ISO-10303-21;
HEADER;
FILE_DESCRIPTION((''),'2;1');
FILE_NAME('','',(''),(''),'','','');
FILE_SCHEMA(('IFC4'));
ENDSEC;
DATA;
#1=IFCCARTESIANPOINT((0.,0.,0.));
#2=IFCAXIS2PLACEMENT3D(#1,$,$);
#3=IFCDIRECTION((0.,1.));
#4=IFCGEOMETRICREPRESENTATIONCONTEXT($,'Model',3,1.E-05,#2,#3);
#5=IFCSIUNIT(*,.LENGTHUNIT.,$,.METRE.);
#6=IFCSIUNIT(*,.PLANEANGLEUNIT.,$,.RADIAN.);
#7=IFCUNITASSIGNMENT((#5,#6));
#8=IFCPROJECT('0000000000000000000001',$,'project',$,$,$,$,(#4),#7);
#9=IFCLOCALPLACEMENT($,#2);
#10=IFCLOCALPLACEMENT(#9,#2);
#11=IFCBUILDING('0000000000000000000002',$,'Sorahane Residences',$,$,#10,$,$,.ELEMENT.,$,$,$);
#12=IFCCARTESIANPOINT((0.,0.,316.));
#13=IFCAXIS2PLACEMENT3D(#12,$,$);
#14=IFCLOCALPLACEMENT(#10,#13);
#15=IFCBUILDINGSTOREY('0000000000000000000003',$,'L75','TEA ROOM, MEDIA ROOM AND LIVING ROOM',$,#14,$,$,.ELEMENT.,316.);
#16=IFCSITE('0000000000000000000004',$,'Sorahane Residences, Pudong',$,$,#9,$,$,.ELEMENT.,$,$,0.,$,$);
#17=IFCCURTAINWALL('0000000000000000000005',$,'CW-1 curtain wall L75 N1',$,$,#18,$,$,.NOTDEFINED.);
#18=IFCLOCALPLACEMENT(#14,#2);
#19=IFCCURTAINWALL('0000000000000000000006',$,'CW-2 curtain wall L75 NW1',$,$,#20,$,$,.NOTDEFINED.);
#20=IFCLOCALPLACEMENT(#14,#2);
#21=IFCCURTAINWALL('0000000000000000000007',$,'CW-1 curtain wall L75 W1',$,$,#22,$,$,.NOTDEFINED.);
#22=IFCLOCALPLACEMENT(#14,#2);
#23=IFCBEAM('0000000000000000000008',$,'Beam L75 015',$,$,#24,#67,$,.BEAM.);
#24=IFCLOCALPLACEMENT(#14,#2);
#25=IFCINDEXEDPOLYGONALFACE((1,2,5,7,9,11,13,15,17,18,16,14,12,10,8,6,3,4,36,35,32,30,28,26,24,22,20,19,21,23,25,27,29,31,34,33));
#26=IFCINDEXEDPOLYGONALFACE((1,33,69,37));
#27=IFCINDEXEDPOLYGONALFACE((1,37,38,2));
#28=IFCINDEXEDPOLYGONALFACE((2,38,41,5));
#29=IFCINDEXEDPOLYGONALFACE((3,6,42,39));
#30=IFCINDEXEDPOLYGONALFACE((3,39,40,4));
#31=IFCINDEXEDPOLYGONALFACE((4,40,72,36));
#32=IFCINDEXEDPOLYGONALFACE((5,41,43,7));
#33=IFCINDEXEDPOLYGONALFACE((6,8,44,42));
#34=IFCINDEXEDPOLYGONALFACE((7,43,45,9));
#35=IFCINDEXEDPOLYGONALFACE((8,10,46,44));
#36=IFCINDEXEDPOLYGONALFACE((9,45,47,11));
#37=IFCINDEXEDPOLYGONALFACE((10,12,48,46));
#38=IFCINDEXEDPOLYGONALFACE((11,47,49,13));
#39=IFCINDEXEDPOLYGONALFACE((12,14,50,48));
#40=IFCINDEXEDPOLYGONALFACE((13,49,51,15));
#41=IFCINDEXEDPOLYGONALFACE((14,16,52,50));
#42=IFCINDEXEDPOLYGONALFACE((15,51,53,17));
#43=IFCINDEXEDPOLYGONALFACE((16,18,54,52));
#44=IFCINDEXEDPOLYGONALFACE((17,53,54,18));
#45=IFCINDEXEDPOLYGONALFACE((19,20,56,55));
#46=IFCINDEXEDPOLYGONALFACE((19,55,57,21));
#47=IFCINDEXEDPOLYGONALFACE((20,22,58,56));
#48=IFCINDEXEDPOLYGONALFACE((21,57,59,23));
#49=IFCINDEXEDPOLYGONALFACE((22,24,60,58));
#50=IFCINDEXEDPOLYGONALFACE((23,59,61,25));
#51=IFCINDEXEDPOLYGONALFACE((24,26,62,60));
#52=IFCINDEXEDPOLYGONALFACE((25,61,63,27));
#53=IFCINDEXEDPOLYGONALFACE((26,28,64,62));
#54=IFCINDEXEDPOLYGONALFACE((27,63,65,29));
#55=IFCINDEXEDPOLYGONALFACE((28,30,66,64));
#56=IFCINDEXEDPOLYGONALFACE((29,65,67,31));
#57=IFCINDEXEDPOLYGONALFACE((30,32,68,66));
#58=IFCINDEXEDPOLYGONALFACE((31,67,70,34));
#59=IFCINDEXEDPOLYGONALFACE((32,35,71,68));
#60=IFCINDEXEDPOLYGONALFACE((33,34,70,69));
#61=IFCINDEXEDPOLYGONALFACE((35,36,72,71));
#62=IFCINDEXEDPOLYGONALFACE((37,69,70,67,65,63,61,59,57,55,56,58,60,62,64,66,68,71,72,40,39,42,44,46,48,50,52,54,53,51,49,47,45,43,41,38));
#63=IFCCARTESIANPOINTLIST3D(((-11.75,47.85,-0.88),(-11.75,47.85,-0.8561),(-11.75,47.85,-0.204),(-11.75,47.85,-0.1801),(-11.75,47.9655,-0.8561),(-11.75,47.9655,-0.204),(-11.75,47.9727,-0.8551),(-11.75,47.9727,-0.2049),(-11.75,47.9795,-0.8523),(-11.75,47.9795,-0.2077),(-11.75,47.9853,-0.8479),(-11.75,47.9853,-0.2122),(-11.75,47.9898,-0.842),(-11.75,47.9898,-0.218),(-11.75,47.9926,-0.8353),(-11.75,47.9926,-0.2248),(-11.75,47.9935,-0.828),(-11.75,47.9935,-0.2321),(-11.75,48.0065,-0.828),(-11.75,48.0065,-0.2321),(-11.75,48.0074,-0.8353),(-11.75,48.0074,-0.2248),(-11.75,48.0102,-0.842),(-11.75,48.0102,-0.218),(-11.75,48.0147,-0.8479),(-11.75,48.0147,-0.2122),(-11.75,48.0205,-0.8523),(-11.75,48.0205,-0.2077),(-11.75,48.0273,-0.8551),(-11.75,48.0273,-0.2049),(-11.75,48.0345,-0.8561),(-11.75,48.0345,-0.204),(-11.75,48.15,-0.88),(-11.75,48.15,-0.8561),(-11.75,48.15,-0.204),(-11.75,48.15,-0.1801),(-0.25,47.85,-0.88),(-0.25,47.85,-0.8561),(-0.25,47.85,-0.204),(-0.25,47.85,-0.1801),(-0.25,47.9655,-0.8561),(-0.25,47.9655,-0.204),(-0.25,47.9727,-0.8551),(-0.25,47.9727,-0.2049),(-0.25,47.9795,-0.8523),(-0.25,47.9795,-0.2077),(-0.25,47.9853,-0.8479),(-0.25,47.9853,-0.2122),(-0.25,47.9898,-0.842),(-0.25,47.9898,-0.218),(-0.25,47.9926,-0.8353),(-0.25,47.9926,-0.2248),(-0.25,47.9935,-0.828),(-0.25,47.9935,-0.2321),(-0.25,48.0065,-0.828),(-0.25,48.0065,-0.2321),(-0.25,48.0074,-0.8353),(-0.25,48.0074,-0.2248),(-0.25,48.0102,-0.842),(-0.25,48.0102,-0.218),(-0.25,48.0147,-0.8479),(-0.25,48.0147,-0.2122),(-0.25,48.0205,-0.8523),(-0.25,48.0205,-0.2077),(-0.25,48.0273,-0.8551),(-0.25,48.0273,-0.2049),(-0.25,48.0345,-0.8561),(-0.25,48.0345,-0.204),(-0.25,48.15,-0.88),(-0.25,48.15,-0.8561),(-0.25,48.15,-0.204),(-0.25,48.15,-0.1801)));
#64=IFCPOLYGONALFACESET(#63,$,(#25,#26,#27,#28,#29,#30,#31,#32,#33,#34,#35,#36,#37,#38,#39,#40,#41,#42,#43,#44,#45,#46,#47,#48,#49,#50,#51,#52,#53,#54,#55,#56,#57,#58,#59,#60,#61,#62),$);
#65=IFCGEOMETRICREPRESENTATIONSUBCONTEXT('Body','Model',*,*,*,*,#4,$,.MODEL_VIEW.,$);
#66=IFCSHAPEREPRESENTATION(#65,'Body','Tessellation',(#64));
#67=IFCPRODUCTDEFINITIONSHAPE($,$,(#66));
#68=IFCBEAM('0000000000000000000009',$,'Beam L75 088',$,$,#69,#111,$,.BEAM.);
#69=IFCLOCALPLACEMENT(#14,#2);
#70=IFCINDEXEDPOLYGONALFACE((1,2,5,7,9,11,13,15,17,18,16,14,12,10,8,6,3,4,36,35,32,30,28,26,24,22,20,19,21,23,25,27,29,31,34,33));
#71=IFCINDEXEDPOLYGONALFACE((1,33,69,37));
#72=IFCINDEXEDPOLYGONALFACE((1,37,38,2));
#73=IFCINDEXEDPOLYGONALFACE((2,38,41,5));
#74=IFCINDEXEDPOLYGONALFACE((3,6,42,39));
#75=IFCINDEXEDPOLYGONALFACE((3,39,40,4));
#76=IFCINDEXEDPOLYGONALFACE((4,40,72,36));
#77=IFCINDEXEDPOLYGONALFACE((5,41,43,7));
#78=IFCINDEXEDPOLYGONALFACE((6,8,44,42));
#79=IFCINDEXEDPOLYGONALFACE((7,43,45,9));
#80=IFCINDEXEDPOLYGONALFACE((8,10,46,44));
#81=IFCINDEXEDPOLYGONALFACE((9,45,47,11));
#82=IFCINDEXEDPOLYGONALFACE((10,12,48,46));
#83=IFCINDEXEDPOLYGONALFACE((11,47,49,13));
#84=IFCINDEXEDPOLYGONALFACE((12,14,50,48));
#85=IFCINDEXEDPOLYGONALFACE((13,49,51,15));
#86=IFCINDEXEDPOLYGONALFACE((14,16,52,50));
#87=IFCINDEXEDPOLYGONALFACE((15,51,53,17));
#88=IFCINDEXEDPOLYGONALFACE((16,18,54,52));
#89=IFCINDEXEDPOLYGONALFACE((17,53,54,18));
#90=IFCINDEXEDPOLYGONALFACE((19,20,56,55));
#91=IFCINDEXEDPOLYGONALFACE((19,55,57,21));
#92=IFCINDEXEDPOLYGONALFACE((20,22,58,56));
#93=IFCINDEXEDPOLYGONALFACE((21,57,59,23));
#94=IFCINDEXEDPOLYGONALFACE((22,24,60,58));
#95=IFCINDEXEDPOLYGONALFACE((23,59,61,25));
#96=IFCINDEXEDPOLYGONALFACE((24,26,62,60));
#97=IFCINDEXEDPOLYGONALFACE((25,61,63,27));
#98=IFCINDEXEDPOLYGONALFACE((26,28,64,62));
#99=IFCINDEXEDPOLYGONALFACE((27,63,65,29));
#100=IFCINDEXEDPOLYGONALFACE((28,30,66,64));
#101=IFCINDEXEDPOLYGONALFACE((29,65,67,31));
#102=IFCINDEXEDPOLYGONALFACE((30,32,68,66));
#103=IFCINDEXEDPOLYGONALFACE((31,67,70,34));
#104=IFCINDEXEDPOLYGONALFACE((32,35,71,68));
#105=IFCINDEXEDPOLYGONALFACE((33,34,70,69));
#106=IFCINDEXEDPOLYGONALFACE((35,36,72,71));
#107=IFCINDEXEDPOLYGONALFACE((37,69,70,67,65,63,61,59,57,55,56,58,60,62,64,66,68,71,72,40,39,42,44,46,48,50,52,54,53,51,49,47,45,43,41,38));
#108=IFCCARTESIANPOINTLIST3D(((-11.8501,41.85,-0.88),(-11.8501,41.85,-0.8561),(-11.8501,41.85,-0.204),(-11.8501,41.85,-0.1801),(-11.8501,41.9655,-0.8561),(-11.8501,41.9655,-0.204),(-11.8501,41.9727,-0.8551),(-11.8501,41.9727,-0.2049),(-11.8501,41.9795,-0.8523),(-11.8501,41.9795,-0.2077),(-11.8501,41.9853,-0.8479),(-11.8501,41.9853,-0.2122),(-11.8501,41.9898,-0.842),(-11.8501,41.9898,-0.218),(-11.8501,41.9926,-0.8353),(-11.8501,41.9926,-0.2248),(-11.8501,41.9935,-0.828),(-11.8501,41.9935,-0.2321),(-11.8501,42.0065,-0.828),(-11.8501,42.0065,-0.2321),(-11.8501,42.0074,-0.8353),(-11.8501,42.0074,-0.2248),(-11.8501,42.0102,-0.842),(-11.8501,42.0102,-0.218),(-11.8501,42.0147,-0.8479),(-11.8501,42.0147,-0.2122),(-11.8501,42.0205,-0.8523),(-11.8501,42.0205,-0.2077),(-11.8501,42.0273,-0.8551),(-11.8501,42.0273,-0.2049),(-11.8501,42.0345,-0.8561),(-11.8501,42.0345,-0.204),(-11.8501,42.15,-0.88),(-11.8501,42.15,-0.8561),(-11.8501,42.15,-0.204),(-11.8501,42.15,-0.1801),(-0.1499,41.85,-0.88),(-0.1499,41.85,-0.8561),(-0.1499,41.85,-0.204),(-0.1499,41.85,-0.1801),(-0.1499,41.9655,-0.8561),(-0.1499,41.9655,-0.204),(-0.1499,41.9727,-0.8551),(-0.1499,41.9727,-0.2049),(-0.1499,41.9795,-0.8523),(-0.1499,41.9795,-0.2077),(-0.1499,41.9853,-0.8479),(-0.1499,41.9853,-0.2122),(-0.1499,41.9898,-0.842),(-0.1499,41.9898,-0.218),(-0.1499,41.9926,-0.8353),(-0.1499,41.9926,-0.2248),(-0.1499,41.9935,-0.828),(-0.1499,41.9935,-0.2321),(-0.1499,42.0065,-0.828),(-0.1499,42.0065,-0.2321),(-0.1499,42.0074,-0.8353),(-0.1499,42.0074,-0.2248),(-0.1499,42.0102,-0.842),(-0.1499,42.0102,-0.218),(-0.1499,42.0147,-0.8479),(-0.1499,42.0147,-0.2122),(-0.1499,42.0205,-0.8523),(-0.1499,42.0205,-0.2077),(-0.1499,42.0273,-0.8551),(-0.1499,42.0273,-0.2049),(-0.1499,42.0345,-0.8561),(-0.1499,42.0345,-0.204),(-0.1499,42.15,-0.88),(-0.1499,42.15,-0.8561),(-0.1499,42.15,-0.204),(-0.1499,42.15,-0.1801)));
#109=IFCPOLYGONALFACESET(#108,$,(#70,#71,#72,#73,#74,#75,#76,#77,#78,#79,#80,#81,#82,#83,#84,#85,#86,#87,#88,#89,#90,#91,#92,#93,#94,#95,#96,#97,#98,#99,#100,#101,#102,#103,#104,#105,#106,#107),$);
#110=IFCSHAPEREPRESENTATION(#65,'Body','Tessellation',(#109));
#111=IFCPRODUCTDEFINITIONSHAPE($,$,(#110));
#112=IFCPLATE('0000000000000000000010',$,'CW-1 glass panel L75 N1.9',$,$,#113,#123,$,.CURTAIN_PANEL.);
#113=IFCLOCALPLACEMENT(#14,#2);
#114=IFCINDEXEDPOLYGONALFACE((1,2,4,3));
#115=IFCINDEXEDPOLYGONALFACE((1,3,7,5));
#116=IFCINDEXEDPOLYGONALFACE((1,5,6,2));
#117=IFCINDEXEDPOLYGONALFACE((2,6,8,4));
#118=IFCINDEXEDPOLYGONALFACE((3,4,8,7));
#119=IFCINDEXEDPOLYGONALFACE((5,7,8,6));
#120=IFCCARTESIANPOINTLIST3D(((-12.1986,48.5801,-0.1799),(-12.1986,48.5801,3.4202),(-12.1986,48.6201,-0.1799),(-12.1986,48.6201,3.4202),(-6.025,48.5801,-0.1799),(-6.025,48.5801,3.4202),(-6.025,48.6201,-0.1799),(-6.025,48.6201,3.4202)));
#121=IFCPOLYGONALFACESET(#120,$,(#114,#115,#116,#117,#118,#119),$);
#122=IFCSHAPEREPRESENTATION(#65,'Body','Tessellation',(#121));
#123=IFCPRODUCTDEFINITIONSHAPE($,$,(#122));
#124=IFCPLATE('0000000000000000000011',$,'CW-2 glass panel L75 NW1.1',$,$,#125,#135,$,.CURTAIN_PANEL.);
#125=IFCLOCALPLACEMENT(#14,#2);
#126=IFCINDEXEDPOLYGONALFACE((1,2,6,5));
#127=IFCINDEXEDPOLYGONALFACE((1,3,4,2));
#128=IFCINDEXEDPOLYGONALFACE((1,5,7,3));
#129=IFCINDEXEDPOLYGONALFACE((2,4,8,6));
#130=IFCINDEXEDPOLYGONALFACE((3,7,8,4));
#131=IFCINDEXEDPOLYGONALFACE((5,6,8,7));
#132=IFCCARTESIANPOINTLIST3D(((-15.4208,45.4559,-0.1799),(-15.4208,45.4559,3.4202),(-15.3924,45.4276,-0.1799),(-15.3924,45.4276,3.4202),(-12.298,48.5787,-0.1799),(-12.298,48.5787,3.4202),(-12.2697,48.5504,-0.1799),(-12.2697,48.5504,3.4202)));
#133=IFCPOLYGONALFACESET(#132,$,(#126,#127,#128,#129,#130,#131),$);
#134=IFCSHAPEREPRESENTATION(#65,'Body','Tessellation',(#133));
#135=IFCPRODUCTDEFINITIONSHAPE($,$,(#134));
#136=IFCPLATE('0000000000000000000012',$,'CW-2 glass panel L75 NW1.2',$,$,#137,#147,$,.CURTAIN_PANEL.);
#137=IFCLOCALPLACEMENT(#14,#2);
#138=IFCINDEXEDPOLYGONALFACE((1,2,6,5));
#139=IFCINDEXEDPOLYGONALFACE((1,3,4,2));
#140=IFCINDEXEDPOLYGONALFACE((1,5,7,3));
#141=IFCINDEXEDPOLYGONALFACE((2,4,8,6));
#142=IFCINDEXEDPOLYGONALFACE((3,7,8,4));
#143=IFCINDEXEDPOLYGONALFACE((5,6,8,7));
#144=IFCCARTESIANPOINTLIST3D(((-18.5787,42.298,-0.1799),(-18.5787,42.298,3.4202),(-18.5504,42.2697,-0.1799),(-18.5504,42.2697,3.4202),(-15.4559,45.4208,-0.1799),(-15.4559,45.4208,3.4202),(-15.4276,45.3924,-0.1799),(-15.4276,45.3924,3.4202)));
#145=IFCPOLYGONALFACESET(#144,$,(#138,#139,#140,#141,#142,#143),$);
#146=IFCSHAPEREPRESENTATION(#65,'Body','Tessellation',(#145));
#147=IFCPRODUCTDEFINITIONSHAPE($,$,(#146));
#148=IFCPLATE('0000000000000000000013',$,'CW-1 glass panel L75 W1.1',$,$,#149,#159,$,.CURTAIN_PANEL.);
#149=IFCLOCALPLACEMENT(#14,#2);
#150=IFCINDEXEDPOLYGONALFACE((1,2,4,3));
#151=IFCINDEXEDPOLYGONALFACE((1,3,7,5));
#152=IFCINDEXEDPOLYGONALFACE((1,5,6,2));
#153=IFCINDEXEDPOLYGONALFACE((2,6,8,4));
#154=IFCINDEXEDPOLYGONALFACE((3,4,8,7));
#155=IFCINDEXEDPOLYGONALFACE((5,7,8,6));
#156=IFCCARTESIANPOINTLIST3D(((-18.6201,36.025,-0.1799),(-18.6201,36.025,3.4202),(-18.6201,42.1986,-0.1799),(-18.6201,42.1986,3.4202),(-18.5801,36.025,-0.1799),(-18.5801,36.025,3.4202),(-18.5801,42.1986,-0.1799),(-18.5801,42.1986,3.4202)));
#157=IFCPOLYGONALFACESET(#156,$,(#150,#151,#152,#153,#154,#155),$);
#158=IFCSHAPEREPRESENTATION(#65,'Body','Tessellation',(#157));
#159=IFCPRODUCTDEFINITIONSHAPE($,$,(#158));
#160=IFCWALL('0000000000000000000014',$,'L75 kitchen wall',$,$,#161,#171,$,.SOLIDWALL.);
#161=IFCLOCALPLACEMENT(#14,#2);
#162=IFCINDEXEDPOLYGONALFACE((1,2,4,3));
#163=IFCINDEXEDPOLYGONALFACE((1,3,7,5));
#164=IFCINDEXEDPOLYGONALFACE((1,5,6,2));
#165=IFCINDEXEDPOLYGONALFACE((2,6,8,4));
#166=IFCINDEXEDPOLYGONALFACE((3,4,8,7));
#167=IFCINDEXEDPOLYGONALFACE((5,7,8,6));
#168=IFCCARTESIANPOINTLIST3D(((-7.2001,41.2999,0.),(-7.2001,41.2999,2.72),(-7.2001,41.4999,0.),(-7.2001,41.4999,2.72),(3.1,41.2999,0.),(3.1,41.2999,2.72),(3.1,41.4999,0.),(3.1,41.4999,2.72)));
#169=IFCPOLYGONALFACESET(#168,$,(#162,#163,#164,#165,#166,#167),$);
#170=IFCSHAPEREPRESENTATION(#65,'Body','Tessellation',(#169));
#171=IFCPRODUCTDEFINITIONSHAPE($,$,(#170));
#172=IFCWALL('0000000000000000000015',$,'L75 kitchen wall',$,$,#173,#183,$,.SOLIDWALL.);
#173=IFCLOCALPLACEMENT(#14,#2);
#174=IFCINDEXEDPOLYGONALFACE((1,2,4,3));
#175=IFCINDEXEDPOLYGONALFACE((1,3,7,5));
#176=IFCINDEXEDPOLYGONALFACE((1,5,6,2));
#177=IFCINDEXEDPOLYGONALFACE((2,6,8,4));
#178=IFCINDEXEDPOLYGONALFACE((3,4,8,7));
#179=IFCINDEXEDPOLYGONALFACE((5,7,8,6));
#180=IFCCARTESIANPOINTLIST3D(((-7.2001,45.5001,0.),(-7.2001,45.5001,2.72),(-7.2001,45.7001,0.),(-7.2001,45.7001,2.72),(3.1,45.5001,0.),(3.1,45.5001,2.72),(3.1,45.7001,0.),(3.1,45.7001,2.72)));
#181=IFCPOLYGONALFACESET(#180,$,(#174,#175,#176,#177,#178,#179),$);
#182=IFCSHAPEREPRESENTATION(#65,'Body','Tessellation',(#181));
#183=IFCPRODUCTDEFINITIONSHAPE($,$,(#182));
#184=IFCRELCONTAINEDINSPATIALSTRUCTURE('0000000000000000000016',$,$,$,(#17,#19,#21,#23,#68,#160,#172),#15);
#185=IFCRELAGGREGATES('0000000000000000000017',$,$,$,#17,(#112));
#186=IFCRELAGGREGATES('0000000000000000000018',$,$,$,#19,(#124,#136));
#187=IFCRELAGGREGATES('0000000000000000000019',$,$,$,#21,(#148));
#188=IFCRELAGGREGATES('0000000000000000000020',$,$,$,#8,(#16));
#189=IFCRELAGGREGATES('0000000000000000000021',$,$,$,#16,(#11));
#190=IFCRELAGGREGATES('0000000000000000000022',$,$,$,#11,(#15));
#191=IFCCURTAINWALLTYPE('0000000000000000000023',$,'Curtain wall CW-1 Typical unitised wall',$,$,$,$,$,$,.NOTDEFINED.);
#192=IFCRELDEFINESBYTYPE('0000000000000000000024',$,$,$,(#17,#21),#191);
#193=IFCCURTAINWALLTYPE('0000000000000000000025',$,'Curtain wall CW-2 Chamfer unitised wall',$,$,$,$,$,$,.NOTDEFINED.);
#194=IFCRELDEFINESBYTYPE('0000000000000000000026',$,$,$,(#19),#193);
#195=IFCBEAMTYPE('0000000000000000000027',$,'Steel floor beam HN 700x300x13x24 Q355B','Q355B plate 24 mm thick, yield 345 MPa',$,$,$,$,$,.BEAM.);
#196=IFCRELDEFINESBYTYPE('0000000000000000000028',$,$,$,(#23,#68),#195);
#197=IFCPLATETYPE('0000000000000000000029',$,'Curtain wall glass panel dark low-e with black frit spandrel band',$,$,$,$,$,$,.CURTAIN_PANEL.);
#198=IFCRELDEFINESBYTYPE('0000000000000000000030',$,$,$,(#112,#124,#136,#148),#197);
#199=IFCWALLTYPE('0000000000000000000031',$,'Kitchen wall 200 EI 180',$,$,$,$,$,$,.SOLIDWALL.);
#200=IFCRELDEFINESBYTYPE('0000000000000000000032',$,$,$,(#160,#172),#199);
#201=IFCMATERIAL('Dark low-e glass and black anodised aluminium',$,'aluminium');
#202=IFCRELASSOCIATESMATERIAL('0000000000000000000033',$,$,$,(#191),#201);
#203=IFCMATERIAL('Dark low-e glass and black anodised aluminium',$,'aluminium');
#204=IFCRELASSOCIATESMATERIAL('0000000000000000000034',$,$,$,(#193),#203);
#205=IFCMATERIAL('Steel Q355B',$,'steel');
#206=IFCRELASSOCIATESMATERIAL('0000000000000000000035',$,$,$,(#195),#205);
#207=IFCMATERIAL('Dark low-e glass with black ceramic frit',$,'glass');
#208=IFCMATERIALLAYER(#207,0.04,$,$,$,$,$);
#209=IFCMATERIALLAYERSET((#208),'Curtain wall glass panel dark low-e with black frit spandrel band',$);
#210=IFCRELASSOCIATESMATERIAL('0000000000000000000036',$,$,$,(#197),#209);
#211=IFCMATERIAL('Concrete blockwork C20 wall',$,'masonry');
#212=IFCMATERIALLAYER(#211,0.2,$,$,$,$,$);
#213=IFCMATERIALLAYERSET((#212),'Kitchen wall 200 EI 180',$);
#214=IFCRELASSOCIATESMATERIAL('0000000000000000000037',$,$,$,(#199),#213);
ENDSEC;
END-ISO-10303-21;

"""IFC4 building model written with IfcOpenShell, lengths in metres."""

from ifc_helpers import new_model, si_unit, direction, frame, frame_2d, origin, origin_2d, place, context, subcontext, project, spatial, rectangle, i_section, extrude, material, layer, layer_set, material_profile, profile_set, type_object, element, aggregate, save


model = new_model("IFC4")

# Units and contexts
model_context = context("Model", 3, precision=1e-05, world=origin(), true_north=direction((0.0, 1.0)))
body_context = subcontext(model_context, "Body", "Model", "MODEL_VIEW")
ifc_project = project(units=[si_unit("LENGTHUNIT", "METRE"), si_unit("PLANEANGLEUNIT", "RADIAN")], contexts=[model_context])

# Site, building, storey
site_placement = place(None, origin())
site = spatial("IfcSite", under=ifc_project, at=site_placement, Name="Sorahane Residences, Pudong", CompositionType="ELEMENT", RefElevation=0.0)
building_placement = place(site_placement, origin())
building = spatial("IfcBuilding", under=site, at=building_placement, Name="Sorahane Residences", CompositionType="ELEMENT")
storey_placement = place(building_placement, frame((0.0, 0.0, 316.0)))
storey = spatial("IfcBuildingStorey", under=building, at=storey_placement, Name="L75", Description="TEA ROOM, MEDIA ROOM AND LIVING ROOM", CompositionType="ELEMENT", Elevation=316.0)

# Curtain walls
ifc_material_1 = material(Name="Dark low-e glass and black anodised aluminium", Category="aluminium")
curtain_wall_type_1 = type_object("IfcCurtainWallType", Name="Curtain wall CW-1 Typical unitised wall", PredefinedType="NOTDEFINED", material=ifc_material_1)
curtain_wall_1_placement = place(storey_placement, origin())
curtain_wall_1 = element("IfcCurtainWall", 1, at=curtain_wall_1_placement, inside=storey, type_object=curtain_wall_type_1, Name="CW-1 curtain wall L75 N1", PredefinedType="NOTDEFINED")
ifc_material_2 = material(Name="Dark low-e glass and black anodised aluminium", Category="aluminium")
curtain_wall_type_2 = type_object("IfcCurtainWallType", Name="Curtain wall CW-2 Chamfer unitised wall", PredefinedType="NOTDEFINED", material=ifc_material_2)
curtain_wall_2_placement = place(storey_placement, origin())
curtain_wall_2 = element("IfcCurtainWall", 2, at=curtain_wall_2_placement, inside=storey, type_object=curtain_wall_type_2, Name="CW-2 curtain wall L75 NW1", PredefinedType="NOTDEFINED")

# Curtain wall
curtain_wall_3_placement = place(storey_placement, origin())
curtain_wall_3 = element("IfcCurtainWall", 3, at=curtain_wall_3_placement, inside=storey, type_object=curtain_wall_type_1, Name="CW-1 curtain wall L75 W1", PredefinedType="NOTDEFINED")

# Beams
ifc_material_3 = material(Name="Steel Q355B", Category="steel")
ifc_material_profile_1 = material_profile(ifc_material_3, i_section(OverallWidth=0.3, OverallDepth=0.7, WebThickness=0.0129, FlangeThickness=0.0239, FilletRadius=0.0281, at=origin_2d()), Name="HN 700x300x13x24")
ifc_profile_set_1 = profile_set([ifc_material_profile_1], Name="Steel Q355B")
beam_type_1 = type_object("IfcBeamType", Name="Steel floor beam HN 700x300x13x24 Q355B", Description="Q355B plate 24 mm thick, yield 345 MPa", PredefinedType="BEAM", material=ifc_profile_set_1)
beam_1_placement = place(storey_placement, frame((-11.75, 48.0, -0.53), z_axis=(1.0, 0.0, 0.0), x_axis=(0.0, 1.0, 0.0)))
element("IfcBeam", 4, at=beam_1_placement, inside=storey, type_object=beam_type_1, Name="Beam L75 015", PredefinedType="BEAM", context=body_context, shape_type="SweptSolid", body=[
    extrude(i_section(OverallWidth=0.3, OverallDepth=0.7, WebThickness=0.0129, FlangeThickness=0.0239, FilletRadius=0.0281, at=origin_2d()), origin(), (0.0, 0.0, 1.0), 11.5),
])
beam_2_placement = place(storey_placement, frame((-11.8501, 42.0, -0.53), z_axis=(1.0, 0.0, 0.0), x_axis=(0.0, 1.0, 0.0)))
element("IfcBeam", 5, at=beam_2_placement, inside=storey, type_object=beam_type_1, Name="Beam L75 088", PredefinedType="BEAM", context=body_context, shape_type="SweptSolid", body=[
    extrude(i_section(OverallWidth=0.3, OverallDepth=0.7, WebThickness=0.0129, FlangeThickness=0.0239, FilletRadius=0.0281, at=origin_2d()), origin(), (0.0, 0.0, 1.0), 11.7002),
])

# Plates
ifc_material_4 = material(Name="Dark low-e glass with black ceramic frit", Category="glass")
ifc_layer_1 = layer(ifc_material_4, 0.04)
ifc_layer_set_1 = layer_set([ifc_layer_1], Name="Curtain wall glass panel dark low-e with black frit spandrel band")
plate_type = type_object("IfcPlateType", Name="Curtain wall glass panel dark low-e with black frit spandrel band", PredefinedType="CURTAIN_PANEL", material=ifc_layer_set_1)
plate_1_placement = place(storey_placement, frame((-9.1118, 48.6001, -0.1799), z_axis=(0.0, 0.0, 1.0), x_axis=(-1.0, 0.0, 0.0)))
plate_1 = element("IfcPlate", 6, at=plate_1_placement, type_object=plate_type, Name="CW-1 glass panel L75 N1.9", PredefinedType="CURTAIN_PANEL", context=body_context, shape_type="SweptSolid", body=[
    extrude(rectangle(XDim=6.1736, YDim=0.04, at=origin_2d()), origin(), (0.0, 0.0, 1.0), 3.6001),
])
aggregate(curtain_wall_1, [plate_1])
plate_2_placement = place(storey_placement, frame((-13.8452, 47.0032, -0.1799), z_axis=(0.0, 0.0, 1.0), x_axis=(-0.707107, -0.707107, 0.0)))
plate_2 = element("IfcPlate", 7, at=plate_2_placement, type_object=plate_type, Name="CW-2 glass panel L75 NW1.1", PredefinedType="CURTAIN_PANEL", context=body_context, shape_type="SweptSolid", body=[
    extrude(rectangle(XDim=4.4163, YDim=0.04, at=origin_2d()), origin(), (0.0, 0.0, 1.0), 3.6001),
])
plate_3_placement = place(storey_placement, frame((-17.0032, 43.8452, -0.1799), z_axis=(0.0, 0.0, 1.0), x_axis=(-0.707107, -0.707107, 0.0)))
plate_3 = element("IfcPlate", 8, at=plate_3_placement, type_object=plate_type, Name="CW-2 glass panel L75 NW1.2", PredefinedType="CURTAIN_PANEL", context=body_context, shape_type="SweptSolid", body=[
    extrude(rectangle(XDim=4.4163, YDim=0.04, at=origin_2d()), origin(), (0.0, 0.0, 1.0), 3.6001),
])
aggregate(curtain_wall_2, [plate_2, plate_3])
plate_4_placement = place(storey_placement, frame((-18.6001, 39.1118, -0.1799), z_axis=(0.0, 0.0, 1.0), x_axis=(0.0, -1.0, 0.0)))
plate_4 = element("IfcPlate", 9, at=plate_4_placement, type_object=plate_type, Name="CW-1 glass panel L75 W1.1", PredefinedType="CURTAIN_PANEL", context=body_context, shape_type="SweptSolid", body=[
    extrude(rectangle(XDim=6.1736, YDim=0.04, at=origin_2d()), origin(), (0.0, 0.0, 1.0), 3.6001),
])
aggregate(curtain_wall_3, [plate_4])

# Shared definitions
ifc_material_5 = material(Name="Concrete blockwork C20 wall", Category="masonry")
ifc_layer_2 = layer(ifc_material_5, 0.2)
ifc_layer_set_2 = layer_set([ifc_layer_2], Name="Kitchen wall 200 EI 180")
wall_type_1 = type_object("IfcWallType", Name="Kitchen wall 200 EI 180", PredefinedType="SOLIDWALL", material=ifc_layer_set_2)

# Walls
for number, where, z_axis, x_axis, name in (
    (10, (-7.2, 41.3999, 0.0), (0.0, 0.0, 1.0), (1.0, 0.0, 0.0), "L75 kitchen wall"),
    (11, (-7.2, 45.6001, 0.0), (0.0, 0.0, 1.0), (1.0, 0.0, 0.0), "L75 kitchen wall"),
):
    element("IfcWall", number, at=place(storey_placement, frame(where, z_axis=z_axis, x_axis=x_axis)), inside=storey, type_object=wall_type_1, Name=name, PredefinedType="SOLIDWALL", context=body_context, shape_type="SweptSolid", body=[
        extrude(rectangle(XDim=10.3, YDim=0.2, at=frame_2d((5.1499, 0.0))), origin(), (0.0, 0.0, 1.0), 2.72),
    ])

save(model, "model.ifc")
